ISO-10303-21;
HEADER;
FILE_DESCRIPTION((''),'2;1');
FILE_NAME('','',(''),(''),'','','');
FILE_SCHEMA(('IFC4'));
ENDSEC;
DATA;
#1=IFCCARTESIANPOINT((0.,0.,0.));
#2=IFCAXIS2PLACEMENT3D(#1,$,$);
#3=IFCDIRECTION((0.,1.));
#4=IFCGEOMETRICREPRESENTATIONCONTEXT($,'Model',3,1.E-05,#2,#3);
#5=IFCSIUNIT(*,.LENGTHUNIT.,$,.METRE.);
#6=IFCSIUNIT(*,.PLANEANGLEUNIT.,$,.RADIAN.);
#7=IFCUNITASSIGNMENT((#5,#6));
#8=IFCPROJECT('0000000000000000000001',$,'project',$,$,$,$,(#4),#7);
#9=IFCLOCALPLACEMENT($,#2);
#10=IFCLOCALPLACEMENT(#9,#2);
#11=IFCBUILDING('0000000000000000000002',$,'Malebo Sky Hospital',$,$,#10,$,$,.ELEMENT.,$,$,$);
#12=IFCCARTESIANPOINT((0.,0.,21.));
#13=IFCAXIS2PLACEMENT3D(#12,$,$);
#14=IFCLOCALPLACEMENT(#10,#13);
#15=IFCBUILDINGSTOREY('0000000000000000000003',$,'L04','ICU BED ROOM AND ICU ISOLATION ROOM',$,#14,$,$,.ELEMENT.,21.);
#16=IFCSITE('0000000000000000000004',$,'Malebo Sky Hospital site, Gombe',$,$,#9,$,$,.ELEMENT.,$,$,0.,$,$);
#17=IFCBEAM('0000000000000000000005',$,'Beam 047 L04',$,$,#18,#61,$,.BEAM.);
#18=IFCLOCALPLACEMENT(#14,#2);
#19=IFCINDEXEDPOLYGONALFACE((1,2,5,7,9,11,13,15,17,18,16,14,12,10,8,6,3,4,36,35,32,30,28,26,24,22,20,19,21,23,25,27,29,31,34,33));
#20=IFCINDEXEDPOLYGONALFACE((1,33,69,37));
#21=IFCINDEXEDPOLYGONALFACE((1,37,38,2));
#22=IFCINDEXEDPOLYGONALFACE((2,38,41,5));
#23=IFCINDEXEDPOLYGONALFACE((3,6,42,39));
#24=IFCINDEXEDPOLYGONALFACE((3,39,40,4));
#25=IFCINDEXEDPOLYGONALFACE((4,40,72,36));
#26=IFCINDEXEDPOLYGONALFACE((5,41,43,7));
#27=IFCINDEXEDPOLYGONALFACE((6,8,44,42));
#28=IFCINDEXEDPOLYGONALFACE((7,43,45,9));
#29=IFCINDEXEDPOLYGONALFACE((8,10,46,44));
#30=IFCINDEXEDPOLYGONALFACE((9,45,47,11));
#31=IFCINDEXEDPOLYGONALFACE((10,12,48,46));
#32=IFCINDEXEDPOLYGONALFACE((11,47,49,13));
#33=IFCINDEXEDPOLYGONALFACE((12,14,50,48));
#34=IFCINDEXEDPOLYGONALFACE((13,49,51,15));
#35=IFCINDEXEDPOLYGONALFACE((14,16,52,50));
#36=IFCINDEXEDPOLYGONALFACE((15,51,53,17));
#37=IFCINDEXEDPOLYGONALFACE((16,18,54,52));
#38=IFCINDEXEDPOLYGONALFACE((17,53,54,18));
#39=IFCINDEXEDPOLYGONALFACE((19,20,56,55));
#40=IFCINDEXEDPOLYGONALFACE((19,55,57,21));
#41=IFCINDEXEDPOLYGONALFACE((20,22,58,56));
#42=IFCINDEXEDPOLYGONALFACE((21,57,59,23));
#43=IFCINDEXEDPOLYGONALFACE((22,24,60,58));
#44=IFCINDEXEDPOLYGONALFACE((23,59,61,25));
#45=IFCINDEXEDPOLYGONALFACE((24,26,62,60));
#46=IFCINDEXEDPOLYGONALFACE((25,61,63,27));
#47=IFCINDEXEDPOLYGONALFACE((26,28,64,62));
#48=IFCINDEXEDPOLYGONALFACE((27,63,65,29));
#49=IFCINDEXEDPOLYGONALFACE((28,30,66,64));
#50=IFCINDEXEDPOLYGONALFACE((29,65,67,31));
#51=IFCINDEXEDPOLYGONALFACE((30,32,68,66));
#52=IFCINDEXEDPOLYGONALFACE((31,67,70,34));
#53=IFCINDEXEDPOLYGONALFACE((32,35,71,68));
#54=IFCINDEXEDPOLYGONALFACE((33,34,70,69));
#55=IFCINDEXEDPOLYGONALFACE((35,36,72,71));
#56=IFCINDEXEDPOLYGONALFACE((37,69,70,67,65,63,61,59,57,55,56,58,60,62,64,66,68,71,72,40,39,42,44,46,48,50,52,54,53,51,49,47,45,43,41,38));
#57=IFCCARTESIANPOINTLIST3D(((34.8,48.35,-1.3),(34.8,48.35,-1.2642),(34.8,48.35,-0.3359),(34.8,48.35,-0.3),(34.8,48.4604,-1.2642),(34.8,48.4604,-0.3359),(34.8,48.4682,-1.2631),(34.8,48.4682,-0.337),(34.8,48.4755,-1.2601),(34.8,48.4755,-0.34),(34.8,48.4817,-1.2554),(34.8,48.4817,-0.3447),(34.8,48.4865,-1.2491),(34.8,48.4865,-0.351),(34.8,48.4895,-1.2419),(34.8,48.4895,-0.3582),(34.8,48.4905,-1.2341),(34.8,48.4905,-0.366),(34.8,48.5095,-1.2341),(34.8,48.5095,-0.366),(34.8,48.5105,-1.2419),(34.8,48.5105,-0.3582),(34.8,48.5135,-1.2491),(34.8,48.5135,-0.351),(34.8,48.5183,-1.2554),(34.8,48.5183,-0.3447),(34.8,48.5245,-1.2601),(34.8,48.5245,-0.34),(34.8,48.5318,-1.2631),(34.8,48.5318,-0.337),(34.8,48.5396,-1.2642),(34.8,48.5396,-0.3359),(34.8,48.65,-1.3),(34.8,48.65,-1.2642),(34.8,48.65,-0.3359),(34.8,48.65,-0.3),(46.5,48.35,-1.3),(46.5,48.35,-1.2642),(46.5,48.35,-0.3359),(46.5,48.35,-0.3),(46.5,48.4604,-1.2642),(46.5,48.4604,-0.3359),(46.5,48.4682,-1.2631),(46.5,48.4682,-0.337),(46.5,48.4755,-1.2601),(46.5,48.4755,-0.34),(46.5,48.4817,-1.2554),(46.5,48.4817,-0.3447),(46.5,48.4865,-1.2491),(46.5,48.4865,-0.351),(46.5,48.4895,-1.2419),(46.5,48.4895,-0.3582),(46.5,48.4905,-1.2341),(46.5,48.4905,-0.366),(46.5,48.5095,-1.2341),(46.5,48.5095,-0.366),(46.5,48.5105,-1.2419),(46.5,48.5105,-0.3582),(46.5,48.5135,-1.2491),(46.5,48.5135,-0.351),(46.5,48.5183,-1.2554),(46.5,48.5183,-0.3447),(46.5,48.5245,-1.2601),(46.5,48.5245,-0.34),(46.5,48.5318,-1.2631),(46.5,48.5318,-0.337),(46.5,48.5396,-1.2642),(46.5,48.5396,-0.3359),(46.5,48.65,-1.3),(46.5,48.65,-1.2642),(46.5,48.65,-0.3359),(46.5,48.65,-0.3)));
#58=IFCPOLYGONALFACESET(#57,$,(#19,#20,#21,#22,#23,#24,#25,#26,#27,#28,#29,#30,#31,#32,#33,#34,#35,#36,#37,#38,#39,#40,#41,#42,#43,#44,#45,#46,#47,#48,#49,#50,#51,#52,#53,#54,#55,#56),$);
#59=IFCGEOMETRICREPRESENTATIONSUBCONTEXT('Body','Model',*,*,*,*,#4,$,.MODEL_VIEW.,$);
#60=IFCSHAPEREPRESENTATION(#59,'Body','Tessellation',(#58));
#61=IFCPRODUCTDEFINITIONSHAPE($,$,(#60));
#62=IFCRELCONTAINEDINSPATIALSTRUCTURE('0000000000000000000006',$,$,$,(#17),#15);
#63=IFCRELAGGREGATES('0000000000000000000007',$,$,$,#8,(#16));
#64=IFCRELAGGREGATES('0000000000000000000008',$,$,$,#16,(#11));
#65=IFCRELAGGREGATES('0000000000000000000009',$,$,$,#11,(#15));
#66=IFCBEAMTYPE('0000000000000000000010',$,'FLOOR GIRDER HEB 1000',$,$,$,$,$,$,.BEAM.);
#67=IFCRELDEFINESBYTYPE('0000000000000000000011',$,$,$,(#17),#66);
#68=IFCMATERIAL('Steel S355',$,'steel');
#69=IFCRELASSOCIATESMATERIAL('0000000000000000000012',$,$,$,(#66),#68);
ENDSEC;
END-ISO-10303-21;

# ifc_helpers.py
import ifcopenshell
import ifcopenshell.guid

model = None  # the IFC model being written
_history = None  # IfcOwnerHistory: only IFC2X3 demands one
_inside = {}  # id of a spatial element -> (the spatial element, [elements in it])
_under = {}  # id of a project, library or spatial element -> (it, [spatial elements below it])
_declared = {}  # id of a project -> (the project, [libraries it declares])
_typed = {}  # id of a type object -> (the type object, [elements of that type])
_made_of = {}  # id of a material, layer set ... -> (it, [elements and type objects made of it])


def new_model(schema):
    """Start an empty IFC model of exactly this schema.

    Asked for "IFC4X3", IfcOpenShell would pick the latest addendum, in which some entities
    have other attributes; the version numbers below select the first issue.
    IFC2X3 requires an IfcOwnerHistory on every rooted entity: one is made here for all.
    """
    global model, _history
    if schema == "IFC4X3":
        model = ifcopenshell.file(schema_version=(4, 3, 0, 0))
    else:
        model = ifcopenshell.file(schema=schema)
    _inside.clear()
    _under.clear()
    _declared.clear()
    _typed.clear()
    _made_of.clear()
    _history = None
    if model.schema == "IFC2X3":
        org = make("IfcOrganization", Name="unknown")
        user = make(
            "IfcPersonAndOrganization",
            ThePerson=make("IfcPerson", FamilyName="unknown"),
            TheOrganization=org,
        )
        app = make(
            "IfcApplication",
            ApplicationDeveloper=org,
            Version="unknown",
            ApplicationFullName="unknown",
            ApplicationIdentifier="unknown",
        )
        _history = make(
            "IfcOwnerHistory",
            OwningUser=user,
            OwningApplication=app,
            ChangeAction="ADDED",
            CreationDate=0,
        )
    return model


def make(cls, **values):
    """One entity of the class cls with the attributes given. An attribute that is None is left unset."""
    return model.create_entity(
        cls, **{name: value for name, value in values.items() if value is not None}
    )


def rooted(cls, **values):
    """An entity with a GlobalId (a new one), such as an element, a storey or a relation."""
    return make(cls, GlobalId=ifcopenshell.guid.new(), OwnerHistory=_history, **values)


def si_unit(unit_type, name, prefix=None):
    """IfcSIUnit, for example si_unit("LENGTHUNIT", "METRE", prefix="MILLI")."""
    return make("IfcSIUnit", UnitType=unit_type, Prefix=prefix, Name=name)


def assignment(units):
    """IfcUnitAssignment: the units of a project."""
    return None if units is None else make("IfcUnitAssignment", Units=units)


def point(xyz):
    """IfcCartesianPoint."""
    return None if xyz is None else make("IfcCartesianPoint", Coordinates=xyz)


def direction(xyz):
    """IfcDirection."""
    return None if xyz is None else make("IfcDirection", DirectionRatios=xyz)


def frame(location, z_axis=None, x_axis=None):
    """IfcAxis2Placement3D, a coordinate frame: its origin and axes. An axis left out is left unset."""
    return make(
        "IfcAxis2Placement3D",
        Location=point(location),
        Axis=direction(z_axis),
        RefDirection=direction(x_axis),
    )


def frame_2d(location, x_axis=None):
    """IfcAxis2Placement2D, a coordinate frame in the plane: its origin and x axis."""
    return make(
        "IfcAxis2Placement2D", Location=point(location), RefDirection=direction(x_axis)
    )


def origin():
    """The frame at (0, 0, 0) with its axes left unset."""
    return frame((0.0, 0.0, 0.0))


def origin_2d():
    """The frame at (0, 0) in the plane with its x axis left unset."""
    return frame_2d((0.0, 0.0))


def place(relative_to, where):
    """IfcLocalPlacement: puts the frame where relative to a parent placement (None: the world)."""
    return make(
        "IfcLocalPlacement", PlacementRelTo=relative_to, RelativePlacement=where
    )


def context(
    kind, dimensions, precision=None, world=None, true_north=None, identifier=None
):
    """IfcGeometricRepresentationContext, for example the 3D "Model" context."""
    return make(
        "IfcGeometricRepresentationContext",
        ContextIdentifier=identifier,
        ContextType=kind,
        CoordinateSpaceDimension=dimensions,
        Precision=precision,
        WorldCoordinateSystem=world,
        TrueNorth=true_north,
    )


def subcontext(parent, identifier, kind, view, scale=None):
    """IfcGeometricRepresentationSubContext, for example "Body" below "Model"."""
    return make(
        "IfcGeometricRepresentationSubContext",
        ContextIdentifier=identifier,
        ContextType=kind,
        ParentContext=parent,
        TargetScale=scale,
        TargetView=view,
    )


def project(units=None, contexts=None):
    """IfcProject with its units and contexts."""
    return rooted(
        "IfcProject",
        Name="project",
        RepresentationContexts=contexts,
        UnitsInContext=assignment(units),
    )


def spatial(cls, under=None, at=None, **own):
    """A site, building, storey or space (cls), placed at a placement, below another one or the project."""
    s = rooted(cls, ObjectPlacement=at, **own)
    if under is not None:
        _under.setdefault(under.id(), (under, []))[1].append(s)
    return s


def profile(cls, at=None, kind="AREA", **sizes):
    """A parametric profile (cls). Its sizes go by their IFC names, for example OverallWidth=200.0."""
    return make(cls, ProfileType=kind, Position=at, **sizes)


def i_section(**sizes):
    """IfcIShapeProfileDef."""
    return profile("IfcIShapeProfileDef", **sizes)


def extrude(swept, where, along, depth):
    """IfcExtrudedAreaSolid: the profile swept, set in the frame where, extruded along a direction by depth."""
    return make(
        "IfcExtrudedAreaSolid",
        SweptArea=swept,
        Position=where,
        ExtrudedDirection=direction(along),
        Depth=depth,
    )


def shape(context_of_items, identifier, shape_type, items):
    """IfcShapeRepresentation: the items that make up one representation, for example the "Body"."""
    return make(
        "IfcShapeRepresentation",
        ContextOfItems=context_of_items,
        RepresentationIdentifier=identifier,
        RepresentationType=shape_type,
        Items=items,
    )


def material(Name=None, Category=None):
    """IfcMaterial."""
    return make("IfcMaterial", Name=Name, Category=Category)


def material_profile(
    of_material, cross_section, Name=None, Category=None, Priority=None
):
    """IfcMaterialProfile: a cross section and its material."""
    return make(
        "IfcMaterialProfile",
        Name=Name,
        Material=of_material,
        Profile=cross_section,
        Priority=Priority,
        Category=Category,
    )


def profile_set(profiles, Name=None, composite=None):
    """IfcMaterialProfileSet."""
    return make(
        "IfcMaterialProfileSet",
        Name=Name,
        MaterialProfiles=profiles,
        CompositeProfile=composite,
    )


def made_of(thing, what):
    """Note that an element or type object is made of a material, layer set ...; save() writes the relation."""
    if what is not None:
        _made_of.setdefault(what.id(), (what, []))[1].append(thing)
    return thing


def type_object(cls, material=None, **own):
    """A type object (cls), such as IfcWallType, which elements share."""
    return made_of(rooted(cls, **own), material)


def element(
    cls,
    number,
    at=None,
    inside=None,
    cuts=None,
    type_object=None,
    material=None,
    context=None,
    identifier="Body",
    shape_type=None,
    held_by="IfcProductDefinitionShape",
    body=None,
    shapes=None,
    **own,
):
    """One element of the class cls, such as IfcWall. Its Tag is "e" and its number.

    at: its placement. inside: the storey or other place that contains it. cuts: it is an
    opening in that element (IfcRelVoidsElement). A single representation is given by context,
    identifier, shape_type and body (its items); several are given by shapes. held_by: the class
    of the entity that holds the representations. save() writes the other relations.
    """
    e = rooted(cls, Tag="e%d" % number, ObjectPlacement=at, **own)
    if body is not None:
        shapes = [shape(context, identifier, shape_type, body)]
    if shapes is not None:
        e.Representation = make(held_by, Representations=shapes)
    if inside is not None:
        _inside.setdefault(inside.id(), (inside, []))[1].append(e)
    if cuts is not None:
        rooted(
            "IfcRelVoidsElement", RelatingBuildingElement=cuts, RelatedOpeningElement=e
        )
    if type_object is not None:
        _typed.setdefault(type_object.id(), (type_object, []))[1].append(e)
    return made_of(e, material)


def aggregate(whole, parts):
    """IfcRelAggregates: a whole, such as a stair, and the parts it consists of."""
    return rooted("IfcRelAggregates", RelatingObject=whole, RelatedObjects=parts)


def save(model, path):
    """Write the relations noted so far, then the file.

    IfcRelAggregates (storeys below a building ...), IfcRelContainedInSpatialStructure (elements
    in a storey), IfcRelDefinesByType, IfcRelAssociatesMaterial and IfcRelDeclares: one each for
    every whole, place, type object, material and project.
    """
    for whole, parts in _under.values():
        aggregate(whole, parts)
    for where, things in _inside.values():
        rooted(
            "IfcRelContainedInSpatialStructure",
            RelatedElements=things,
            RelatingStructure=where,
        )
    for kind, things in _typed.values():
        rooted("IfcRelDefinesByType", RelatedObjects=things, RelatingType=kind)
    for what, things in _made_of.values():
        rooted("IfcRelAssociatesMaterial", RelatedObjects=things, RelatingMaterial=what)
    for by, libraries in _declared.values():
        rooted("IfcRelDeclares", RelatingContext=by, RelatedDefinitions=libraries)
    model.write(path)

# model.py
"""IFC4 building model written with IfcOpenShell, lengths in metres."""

from ifc_helpers import new_model, si_unit, direction, frame, origin, origin_2d, place, context, subcontext, project, spatial, i_section, extrude, material, material_profile, profile_set, type_object, element, save


model = new_model("IFC4")

# Units and contexts
model_context = context("Model", 3, precision=1e-05, world=origin(), true_north=direction((0.0, 1.0)))
body_context = subcontext(model_context, "Body", "Model", "MODEL_VIEW")
ifc_project = project(units=[si_unit("LENGTHUNIT", "METRE"), si_unit("PLANEANGLEUNIT", "RADIAN")], contexts=[model_context])

# Site, building, storey
site_placement = place(None, origin())
site = spatial("IfcSite", under=ifc_project, at=site_placement, Name="Malebo Sky Hospital site, Gombe", CompositionType="ELEMENT", RefElevation=0.0)
building_placement = place(site_placement, origin())
building = spatial("IfcBuilding", under=site, at=building_placement, Name="Malebo Sky Hospital", CompositionType="ELEMENT")
storey_placement = place(building_placement, frame((0.0, 0.0, 21.0)))
storey = spatial("IfcBuildingStorey", under=building, at=storey_placement, Name="L04", Description="ICU BED ROOM AND ICU ISOLATION ROOM", CompositionType="ELEMENT", Elevation=21.0)

# Shared definitions
ifc_material_1 = material(Name="Steel S355", Category="steel")

# Beam
ifc_material_profile_1 = material_profile(ifc_material_1, i_section(OverallWidth=0.3, OverallDepth=1.0, WebThickness=0.019, FlangeThickness=0.0359, FilletRadius=0.03, at=origin_2d()), Name="HEB 1000")
ifc_profile_set_1 = profile_set([ifc_material_profile_1], Name="Steel S355")
beam_type_1 = type_object("IfcBeamType", Name="FLOOR GIRDER HEB 1000", PredefinedType="BEAM", material=ifc_profile_set_1)
beam_1_placement = place(storey_placement, frame((34.8, 48.5, -0.8), z_axis=(1.0, 0.0, 0.0), x_axis=(0.0, 1.0, 0.0)))
element("IfcBeam", 1, at=beam_1_placement, inside=storey, type_object=beam_type_1, Name="Beam 047 L04", PredefinedType="BEAM", context=body_context, shape_type="SweptSolid", body=[
    extrude(i_section(OverallWidth=0.3, OverallDepth=1.0, WebThickness=0.019, FlangeThickness=0.0359, FilletRadius=0.03, at=origin_2d()), origin(), (0.0, 0.0, 1.0), 11.7),
])

save(model, "model.ifc")
